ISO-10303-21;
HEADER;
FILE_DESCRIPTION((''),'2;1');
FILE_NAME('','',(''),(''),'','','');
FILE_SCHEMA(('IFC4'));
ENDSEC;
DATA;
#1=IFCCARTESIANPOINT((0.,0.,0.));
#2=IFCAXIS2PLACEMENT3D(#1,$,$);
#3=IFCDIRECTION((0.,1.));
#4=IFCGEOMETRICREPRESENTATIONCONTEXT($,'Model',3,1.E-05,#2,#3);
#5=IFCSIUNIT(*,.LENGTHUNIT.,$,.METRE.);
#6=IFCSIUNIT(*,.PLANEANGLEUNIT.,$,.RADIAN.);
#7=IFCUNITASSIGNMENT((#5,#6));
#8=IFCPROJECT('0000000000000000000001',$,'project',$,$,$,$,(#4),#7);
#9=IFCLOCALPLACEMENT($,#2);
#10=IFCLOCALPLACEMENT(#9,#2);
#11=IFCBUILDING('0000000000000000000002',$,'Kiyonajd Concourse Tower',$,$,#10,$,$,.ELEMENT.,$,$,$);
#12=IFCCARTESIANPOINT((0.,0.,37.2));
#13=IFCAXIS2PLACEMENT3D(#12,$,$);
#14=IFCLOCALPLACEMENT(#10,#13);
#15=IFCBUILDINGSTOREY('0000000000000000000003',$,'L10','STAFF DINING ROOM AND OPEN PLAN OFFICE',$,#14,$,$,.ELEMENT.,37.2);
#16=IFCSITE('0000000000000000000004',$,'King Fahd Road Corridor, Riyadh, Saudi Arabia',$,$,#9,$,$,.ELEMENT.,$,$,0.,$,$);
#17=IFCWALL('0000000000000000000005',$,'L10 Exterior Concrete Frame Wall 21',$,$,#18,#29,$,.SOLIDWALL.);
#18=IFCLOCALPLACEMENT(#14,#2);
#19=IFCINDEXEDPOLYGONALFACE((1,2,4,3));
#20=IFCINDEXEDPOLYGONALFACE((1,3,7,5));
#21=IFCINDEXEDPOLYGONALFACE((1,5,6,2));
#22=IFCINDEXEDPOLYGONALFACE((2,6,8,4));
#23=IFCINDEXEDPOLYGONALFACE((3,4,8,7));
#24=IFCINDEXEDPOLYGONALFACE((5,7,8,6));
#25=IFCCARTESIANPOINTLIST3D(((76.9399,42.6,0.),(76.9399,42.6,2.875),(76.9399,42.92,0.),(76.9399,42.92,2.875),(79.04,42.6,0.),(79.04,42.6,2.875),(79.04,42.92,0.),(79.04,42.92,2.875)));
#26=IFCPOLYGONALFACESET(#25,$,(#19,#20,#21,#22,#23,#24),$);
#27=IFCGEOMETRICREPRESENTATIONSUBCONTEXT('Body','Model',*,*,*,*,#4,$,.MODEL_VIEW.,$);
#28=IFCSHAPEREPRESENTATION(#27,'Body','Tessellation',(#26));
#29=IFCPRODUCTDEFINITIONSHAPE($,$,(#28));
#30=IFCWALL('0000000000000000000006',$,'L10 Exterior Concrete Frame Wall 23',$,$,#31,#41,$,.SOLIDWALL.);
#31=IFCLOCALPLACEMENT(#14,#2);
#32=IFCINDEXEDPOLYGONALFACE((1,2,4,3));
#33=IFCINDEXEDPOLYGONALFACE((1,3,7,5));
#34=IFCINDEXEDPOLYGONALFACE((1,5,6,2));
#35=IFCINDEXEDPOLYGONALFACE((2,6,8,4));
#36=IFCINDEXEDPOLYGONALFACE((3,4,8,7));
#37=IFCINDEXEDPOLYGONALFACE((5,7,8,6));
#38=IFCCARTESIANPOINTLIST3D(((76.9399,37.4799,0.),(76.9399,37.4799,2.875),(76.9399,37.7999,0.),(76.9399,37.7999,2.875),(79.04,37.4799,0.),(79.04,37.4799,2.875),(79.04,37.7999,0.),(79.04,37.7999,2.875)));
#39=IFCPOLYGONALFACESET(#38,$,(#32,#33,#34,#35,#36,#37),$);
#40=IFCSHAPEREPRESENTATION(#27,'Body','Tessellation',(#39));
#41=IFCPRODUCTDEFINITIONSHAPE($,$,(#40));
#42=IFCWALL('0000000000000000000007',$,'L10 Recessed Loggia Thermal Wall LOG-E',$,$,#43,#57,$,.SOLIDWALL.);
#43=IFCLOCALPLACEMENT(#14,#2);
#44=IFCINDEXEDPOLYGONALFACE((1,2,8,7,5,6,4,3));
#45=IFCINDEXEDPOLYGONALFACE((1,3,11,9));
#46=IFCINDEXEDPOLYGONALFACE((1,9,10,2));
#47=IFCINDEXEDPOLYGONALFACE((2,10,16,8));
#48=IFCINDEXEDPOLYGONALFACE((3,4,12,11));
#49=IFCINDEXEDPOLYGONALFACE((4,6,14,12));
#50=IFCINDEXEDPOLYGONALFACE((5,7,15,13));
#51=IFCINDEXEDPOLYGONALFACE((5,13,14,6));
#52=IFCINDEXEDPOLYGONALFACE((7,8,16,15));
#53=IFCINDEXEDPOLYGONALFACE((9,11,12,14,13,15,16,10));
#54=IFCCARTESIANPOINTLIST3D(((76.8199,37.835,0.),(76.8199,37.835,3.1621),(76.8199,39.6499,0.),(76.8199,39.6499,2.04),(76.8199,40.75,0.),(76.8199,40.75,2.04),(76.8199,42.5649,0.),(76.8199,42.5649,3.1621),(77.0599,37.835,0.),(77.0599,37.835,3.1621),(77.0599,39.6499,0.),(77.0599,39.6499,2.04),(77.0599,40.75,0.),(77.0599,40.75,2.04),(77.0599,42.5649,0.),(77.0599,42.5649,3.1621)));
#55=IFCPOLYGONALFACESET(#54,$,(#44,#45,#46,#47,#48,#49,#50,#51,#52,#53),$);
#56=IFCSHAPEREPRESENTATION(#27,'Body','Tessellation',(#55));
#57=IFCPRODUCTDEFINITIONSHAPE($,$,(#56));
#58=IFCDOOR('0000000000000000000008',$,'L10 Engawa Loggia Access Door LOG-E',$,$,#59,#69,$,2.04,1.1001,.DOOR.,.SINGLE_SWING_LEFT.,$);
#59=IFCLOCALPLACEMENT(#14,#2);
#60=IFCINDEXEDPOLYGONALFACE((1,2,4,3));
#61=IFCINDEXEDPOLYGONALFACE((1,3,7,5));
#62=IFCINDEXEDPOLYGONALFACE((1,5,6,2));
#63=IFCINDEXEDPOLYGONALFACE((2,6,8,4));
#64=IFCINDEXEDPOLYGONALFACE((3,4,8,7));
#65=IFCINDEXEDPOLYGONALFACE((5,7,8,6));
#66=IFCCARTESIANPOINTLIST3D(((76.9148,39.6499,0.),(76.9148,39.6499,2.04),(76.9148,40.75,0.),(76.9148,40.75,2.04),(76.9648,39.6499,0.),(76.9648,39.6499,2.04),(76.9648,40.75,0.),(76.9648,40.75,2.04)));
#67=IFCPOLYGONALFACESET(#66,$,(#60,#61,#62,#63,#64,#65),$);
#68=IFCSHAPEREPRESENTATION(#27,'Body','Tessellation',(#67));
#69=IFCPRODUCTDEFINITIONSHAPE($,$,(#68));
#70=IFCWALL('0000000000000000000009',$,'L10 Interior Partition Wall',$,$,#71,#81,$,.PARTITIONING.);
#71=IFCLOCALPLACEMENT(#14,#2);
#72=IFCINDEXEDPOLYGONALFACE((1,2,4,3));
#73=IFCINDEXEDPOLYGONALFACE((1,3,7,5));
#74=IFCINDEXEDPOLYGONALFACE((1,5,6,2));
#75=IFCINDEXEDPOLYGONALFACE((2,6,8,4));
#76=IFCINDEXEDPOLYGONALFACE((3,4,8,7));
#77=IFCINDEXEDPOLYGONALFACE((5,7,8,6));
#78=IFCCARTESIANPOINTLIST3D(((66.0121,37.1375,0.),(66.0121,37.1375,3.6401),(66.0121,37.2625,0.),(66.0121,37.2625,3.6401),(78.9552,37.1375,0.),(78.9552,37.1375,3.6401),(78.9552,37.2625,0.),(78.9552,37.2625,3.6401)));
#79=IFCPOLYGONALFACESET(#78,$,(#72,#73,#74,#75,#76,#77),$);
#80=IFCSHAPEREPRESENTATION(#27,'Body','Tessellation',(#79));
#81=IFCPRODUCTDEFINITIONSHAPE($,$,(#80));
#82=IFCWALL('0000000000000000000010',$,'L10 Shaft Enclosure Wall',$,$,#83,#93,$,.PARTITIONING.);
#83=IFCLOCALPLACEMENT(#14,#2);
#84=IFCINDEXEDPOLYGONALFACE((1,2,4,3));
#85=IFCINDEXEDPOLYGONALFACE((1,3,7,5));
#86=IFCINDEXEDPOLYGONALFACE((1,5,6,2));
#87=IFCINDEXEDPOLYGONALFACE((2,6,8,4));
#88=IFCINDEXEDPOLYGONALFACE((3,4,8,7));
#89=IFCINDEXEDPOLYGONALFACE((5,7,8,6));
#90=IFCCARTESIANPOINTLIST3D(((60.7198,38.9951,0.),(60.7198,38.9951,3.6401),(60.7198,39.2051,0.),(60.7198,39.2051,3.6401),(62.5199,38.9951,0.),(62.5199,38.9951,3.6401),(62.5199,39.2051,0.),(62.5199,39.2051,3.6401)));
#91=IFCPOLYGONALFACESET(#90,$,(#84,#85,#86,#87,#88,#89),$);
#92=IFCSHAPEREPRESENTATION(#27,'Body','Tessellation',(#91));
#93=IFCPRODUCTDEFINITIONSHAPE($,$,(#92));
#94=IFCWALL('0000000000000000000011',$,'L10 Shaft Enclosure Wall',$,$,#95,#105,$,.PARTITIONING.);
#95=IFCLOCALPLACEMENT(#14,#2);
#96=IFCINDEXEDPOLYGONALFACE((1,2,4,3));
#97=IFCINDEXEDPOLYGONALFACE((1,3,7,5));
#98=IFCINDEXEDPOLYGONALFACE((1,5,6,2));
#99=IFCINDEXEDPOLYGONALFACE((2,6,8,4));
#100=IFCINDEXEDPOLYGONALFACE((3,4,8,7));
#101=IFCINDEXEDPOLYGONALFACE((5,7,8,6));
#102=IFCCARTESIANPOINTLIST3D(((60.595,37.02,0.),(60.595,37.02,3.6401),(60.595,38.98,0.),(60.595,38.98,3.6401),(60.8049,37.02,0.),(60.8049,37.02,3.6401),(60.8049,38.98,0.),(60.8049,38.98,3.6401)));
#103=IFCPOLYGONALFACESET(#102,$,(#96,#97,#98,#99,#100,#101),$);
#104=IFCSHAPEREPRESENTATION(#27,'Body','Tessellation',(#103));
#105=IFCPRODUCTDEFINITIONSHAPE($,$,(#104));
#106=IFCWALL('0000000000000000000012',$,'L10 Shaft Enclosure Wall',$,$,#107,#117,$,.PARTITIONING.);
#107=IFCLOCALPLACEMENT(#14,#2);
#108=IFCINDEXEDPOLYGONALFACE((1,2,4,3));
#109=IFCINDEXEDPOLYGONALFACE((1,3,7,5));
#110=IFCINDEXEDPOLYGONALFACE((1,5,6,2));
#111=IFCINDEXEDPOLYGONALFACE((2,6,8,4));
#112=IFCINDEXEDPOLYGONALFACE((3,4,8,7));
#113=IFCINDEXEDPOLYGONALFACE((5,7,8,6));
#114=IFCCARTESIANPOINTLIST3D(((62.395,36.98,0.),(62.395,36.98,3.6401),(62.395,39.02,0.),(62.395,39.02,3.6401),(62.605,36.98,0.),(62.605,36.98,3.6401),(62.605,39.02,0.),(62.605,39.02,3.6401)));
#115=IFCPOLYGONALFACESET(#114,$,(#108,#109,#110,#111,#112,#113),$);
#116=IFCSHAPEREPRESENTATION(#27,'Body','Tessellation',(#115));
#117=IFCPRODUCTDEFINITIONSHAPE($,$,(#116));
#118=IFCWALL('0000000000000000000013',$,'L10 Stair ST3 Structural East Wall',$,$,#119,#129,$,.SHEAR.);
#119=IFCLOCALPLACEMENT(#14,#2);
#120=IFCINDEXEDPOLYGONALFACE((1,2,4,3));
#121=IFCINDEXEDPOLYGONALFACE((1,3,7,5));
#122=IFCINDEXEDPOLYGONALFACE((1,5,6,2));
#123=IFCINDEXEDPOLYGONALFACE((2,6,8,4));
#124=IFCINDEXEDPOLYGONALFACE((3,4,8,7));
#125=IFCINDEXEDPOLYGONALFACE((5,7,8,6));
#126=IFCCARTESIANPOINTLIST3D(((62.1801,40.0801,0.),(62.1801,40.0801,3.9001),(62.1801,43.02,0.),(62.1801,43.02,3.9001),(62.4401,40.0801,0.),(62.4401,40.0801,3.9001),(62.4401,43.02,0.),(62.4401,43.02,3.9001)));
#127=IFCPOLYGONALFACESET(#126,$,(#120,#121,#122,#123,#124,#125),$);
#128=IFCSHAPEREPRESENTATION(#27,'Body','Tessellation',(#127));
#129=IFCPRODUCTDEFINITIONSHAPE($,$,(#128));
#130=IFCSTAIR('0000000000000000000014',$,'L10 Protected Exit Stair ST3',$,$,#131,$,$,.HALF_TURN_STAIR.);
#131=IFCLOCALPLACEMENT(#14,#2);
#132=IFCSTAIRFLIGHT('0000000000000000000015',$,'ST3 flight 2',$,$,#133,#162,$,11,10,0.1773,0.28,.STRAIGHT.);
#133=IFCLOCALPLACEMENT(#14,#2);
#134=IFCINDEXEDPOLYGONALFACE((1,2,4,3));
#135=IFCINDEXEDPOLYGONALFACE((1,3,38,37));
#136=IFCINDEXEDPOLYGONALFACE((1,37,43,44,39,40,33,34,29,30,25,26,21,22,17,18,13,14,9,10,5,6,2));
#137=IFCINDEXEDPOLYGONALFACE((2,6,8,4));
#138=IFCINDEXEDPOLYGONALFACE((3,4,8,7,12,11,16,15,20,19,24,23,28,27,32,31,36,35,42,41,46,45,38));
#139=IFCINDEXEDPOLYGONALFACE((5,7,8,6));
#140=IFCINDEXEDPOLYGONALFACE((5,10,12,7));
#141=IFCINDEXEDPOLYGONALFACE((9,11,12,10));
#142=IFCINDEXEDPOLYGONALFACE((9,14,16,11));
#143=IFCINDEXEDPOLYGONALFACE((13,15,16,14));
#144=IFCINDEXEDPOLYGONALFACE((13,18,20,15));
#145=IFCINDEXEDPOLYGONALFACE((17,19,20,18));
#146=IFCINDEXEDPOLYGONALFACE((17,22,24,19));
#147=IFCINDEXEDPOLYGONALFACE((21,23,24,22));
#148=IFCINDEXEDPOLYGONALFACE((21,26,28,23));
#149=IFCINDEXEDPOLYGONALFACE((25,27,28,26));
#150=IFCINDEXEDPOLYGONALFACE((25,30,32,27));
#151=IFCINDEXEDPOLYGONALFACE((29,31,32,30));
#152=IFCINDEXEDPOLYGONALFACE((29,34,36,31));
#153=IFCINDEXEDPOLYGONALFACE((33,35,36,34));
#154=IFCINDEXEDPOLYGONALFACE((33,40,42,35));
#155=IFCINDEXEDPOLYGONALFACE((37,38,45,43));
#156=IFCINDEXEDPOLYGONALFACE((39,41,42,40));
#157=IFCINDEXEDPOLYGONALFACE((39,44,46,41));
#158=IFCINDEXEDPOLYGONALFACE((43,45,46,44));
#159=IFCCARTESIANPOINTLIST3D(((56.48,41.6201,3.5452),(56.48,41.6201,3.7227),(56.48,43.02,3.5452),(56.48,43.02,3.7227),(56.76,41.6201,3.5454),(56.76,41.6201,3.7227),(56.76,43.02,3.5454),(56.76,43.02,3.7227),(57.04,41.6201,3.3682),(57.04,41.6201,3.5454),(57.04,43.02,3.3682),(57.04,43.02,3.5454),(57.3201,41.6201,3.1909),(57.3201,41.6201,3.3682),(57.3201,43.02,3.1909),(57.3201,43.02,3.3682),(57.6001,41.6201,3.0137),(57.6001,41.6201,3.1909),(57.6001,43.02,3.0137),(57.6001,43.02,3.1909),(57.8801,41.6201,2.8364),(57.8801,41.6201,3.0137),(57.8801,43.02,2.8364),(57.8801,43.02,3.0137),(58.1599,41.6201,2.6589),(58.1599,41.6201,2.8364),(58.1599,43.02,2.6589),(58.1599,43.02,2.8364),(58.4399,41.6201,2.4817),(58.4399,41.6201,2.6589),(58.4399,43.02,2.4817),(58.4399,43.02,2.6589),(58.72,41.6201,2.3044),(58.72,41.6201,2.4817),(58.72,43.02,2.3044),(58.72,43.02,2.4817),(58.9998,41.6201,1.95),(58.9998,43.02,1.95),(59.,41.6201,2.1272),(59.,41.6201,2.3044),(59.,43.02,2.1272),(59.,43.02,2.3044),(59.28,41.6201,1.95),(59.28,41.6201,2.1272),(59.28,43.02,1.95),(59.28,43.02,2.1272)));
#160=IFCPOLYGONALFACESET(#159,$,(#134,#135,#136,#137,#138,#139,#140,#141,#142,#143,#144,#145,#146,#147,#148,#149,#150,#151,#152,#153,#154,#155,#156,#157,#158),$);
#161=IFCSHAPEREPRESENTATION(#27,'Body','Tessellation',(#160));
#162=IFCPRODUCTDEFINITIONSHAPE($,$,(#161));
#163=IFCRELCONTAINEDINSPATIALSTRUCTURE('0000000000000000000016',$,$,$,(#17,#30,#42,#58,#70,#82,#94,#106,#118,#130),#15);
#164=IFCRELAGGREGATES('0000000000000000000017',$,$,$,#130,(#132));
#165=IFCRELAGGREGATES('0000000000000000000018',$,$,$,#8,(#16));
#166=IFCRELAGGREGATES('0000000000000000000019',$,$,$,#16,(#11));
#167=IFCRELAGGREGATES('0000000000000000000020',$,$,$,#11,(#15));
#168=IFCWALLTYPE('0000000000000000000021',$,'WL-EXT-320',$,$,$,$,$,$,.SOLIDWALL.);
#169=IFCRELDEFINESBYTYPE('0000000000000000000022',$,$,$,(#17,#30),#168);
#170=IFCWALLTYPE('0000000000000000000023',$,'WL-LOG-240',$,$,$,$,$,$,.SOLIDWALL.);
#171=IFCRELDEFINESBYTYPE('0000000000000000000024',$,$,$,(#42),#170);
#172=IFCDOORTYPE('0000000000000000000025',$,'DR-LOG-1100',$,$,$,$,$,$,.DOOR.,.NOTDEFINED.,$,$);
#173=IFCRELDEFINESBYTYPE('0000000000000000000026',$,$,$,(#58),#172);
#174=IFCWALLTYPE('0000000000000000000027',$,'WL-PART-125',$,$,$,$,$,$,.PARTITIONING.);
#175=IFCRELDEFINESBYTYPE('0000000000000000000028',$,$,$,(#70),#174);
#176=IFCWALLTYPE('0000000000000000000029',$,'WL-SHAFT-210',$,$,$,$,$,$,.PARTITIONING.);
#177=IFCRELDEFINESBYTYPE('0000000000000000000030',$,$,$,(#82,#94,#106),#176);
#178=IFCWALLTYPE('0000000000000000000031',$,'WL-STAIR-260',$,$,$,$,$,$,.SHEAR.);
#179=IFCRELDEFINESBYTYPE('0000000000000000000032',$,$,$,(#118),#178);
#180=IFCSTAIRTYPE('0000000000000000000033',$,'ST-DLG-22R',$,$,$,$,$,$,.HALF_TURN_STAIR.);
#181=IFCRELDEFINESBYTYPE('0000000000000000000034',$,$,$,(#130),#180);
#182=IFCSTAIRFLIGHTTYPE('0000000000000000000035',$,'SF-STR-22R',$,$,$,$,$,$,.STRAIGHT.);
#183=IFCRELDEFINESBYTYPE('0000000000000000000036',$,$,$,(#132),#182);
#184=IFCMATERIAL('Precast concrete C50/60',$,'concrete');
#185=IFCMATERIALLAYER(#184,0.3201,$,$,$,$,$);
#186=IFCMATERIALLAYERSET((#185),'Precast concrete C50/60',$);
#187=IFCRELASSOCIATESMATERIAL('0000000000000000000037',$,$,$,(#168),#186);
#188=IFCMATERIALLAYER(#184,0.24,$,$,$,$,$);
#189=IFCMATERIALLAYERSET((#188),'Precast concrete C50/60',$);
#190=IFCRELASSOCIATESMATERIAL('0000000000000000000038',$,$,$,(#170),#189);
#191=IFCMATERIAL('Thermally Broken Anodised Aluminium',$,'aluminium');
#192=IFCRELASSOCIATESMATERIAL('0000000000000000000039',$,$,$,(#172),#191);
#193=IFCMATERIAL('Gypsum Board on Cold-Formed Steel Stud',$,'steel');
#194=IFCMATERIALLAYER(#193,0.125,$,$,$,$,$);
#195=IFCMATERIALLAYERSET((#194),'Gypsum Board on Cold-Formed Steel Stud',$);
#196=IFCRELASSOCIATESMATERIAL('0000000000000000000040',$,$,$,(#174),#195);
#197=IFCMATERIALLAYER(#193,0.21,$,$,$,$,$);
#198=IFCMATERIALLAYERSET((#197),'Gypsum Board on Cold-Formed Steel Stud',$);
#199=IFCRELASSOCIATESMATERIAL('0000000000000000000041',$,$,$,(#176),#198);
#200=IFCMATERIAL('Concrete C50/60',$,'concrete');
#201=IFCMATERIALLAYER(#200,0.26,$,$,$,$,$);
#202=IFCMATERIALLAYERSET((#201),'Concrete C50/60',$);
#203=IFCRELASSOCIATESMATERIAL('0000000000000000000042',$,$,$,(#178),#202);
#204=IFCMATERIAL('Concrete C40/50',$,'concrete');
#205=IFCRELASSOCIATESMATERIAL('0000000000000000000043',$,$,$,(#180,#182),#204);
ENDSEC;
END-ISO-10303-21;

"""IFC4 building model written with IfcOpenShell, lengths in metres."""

from ifc_helpers import new_model, si_unit, direction, frame, frame_2d, origin, place, context, subcontext, project, spatial, polyline, rectangle, outline, extrude, material, layer, layer_set, type_object, element, fill, aggregate, save


model = new_model("IFC4")

# Units and contexts
model_context = context("Model", 3, precision=1e-05, world=origin(), true_north=direction((0.0, 1.0)))
body_context = subcontext(model_context, "Body", "Model", "MODEL_VIEW")
ifc_project = project(units=[si_unit("LENGTHUNIT", "METRE"), si_unit("PLANEANGLEUNIT", "RADIAN")], contexts=[model_context])

# Site, building, storey
site_placement = place(None, origin())
site = spatial("IfcSite", under=ifc_project, at=site_placement, Name="King Fahd Road Corridor, Riyadh, Saudi Arabia", CompositionType="ELEMENT", RefElevation=0.0)
building_placement = place(site_placement, origin())
building = spatial("IfcBuilding", under=site, at=building_placement, Name="Kiyonajd Concourse Tower", CompositionType="ELEMENT")
storey_placement = place(building_placement, frame((0.0, 0.0, 37.2)))
storey = spatial("IfcBuildingStorey", under=building, at=storey_placement, Name="L10", Description="STAFF DINING ROOM AND OPEN PLAN OFFICE", CompositionType="ELEMENT", Elevation=37.2)

# Shared definitions
ifc_material_1 = material(Name="Precast concrete C50/60", Category="concrete")

# Shared definitions
ifc_material_2 = material(Name="Thermally Broken Anodised Aluminium", Category="aluminium")

# Walls
ifc_layer_1 = layer(ifc_material_1, 0.3201)
ifc_layer_set_1 = layer_set([ifc_layer_1], Name="Precast concrete C50/60")
wall_type_1 = type_object("IfcWallType", Name="WL-EXT-320", PredefinedType="SOLIDWALL", material=ifc_layer_set_1)
for number, where, z_axis, x_axis, name in (
    (1, (79.04, 42.76, 0.0), (0.0, 0.0, 1.0), (-1.0, 0.0, 0.0), "L10 Exterior Concrete Frame Wall 21"),
    (2, (76.9399, 37.6399, 0.0), (0.0, 0.0, 1.0), (1.0, 0.0, 0.0), "L10 Exterior Concrete Frame Wall 23"),
):
    element("IfcWall", number, at=place(storey_placement, frame(where, z_axis=z_axis, x_axis=x_axis)), inside=storey, type_object=wall_type_1, Name=name, PredefinedType="SOLIDWALL", context=body_context, shape_type="SweptSolid", body=[
        extrude(rectangle(XDim=2.1001, YDim=0.3201, at=frame_2d((1.05, 0.0))), origin(), (0.0, 0.0, 1.0), 2.875),
    ])

# Wall, opening, door
ifc_layer_2 = layer(ifc_material_1, 0.24)
ifc_layer_set_2 = layer_set([ifc_layer_2], Name="Precast concrete C50/60")
wall_type_2 = type_object("IfcWallType", Name="WL-LOG-240", PredefinedType="SOLIDWALL", material=ifc_layer_set_2)
wall_1_placement = place(storey_placement, frame((76.9399, 42.5649, 0.0), z_axis=(0.0, 0.0, 1.0), x_axis=(0.0, -1.0, 0.0)))
wall_1 = element("IfcWall", 3, at=wall_1_placement, inside=storey, type_object=wall_type_2, Name="L10 Recessed Loggia Thermal Wall LOG-E", PredefinedType="SOLIDWALL", context=body_context, shape_type="SweptSolid", body=[
    extrude(rectangle(XDim=4.73, YDim=0.24, at=frame_2d((2.365, 0.0))), origin(), (0.0, 0.0, 1.0), 3.1621),
])
opening_placement = place(wall_1_placement, frame((1.8149, 0.0, 0.0)))
opening = element("IfcOpeningElement", 4, at=opening_placement, cuts=wall_1, PredefinedType="OPENING", context=body_context, shape_type="SweptSolid", body=[
    extrude(rectangle(XDim=1.1001, YDim=2.04, at=frame_2d((0.55, 1.02))), frame((0.0, 0.1299, 0.0), z_axis=(0.0, -1.0, 0.0), x_axis=(1.0, 0.0, 0.0)), (0.0, 0.0, 1.0), 0.26),
])
door_type = type_object("IfcDoorType", Name="DR-LOG-1100", OperationType="NOTDEFINED", PredefinedType="DOOR", material=ifc_material_2)
door_placement = place(opening_placement, origin())
door = element("IfcDoor", 5, at=door_placement, inside=storey, type_object=door_type, Name="L10 Engawa Loggia Access Door LOG-E", OperationType="SINGLE_SWING_LEFT", OverallHeight=2.04, OverallWidth=1.1001, PredefinedType="DOOR", context=body_context, shape_type="SweptSolid", body=[
    extrude(rectangle(XDim=1.1001, YDim=2.04, at=frame_2d((0.55, 1.02))), frame((0.0, 0.0249, 0.0), z_axis=(0.0, -1.0, 0.0), x_axis=(1.0, 0.0, 0.0)), (0.0, 0.0, 1.0), 0.05),
])
fill(opening, door)

# Walls
ifc_material_3 = material(Name="Gypsum Board on Cold-Formed Steel Stud", Category="steel")
ifc_layer_3 = layer(ifc_material_3, 0.125)
ifc_layer_set_3 = layer_set([ifc_layer_3], Name="Gypsum Board on Cold-Formed Steel Stud")
wall_type_3 = type_object("IfcWallType", Name="WL-PART-125", PredefinedType="PARTITIONING", material=ifc_layer_set_3)
wall_2_placement = place(storey_placement, frame((66.012, 37.2, 0.0), z_axis=(0.0, 0.0, 1.0), x_axis=(1.0, 0.0, 0.0)))
element("IfcWall", 6, at=wall_2_placement, inside=storey, type_object=wall_type_3, Name="L10 Interior Partition Wall", PredefinedType="PARTITIONING", context=body_context, shape_type="SweptSolid", body=[
    extrude(rectangle(XDim=12.9431, YDim=0.125, at=frame_2d((6.4717, 0.0))), origin(), (0.0, 0.0, 1.0), 3.6401),
])
ifc_layer_4 = layer(ifc_material_3, 0.21)
ifc_layer_set_4 = layer_set([ifc_layer_4], Name="Gypsum Board on Cold-Formed Steel Stud")
wall_type_4 = type_object("IfcWallType", Name="WL-SHAFT-210", PredefinedType="PARTITIONING", material=ifc_layer_set_4)
wall_3_placement = place(storey_placement, frame((60.72, 39.1001, 0.0), z_axis=(0.0, 0.0, 1.0), x_axis=(1.0, 0.0, 0.0)))
element("IfcWall", 7, at=wall_3_placement, inside=storey, type_object=wall_type_4, Name="L10 Shaft Enclosure Wall", PredefinedType="PARTITIONING", context=body_context, shape_type="SweptSolid", body=[
    extrude(rectangle(XDim=1.8, YDim=0.21, at=frame_2d((0.8999, 0.0))), origin(), (0.0, 0.0, 1.0), 3.6401),
])
wall_4_placement = place(storey_placement, frame((60.7, 37.02, 0.0), z_axis=(0.0, 0.0, 1.0), x_axis=(0.0, 1.0, 0.0)))
element("IfcWall", 8, at=wall_4_placement, inside=storey, type_object=wall_type_4, Name="L10 Shaft Enclosure Wall", PredefinedType="PARTITIONING", context=body_context, shape_type="SweptSolid", body=[
    extrude(rectangle(XDim=1.96, YDim=0.21, at=frame_2d((0.98, 0.0))), origin(), (0.0, 0.0, 1.0), 3.6401),
])
wall_5_placement = place(storey_placement, frame((62.5, 36.98, 0.0), z_axis=(0.0, 0.0, 1.0), x_axis=(0.0, 1.0, 0.0)))
element("IfcWall", 9, at=wall_5_placement, inside=storey, type_object=wall_type_4, Name="L10 Shaft Enclosure Wall", PredefinedType="PARTITIONING", context=body_context, shape_type="SweptSolid", body=[
    extrude(rectangle(XDim=2.04, YDim=0.21, at=frame_2d((1.02, 0.0))), origin(), (0.0, 0.0, 1.0), 3.6401),
])
ifc_material_4 = material(Name="Concrete C50/60", Category="concrete")
ifc_layer_5 = layer(ifc_material_4, 0.26)
ifc_layer_set_5 = layer_set([ifc_layer_5], Name="Concrete C50/60")
wall_type_5 = type_object("IfcWallType", Name="WL-STAIR-260", PredefinedType="SHEAR", material=ifc_layer_set_5)
wall_6_placement = place(storey_placement, frame((62.3101, 40.0801, 0.0), z_axis=(0.0, 0.0, 1.0), x_axis=(0.0, 1.0, 0.0)))
element("IfcWall", 10, at=wall_6_placement, inside=storey, type_object=wall_type_5, Name="L10 Stair ST3 Structural East Wall", PredefinedType="SHEAR", context=body_context, shape_type="SweptSolid", body=[
    extrude(rectangle(XDim=2.9399, YDim=0.26, at=frame_2d((1.47, 0.0))), origin(), (0.0, 0.0, 1.0), 3.9001),
])

# Stair, stair flight
ifc_material_5 = material(Name="Concrete C40/50", Category="concrete")
stair_type = type_object("IfcStairType", Name="ST-DLG-22R", PredefinedType="HALF_TURN_STAIR", material=ifc_material_5)
stair_placement = place(storey_placement, origin())
stair = element("IfcStair", 11, at=stair_placement, inside=storey, type_object=stair_type, Name="L10 Protected Exit Stair ST3", PredefinedType="HALF_TURN_STAIR")
stair_flight_type = type_object("IfcStairFlightType", Name="SF-STR-22R", PredefinedType="STRAIGHT", material=ifc_material_5)
stair_flight_placement = place(storey_placement, frame((59.28, 42.3201, 1.95), z_axis=(0.0, 0.0, 1.0), x_axis=(-1.0, 0.0, 0.0)))
stair_flight = element("IfcStairFlight", 12, at=stair_flight_placement, type_object=stair_flight_type, Name="ST3 flight 2", NumberOfRisers=11, NumberOfTreads=10, PredefinedType="STRAIGHT", RiserHeight=0.1773, TreadLength=0.28, context=body_context, shape_type="SweptSolid", body=[
    extrude(outline(polyline([(0.0, 0.0), (0.0, 0.1772), (0.28, 0.1772), (0.28, 0.3545), (0.5601, 0.3545), (0.5601, 0.5317), (0.8401, 0.5317), (0.8401, 0.709), (1.1201, 0.709), (1.1201, 0.8865), (1.3999, 0.8865), (1.3999, 1.0637), (1.6799, 1.0637), (1.6799, 1.241), (1.96, 1.241), (1.96, 1.4182), (2.24, 1.4182), (2.24, 1.5955), (2.52, 1.5955), (2.52, 1.7727), (2.8, 1.7727), (2.8, 1.95), (2.8, 1.5952), (0.2803, 0.0), (0.0, 0.0)])), frame((0.0, 0.7, 0.0), z_axis=(0.0, -1.0, 0.0), x_axis=(1.0, 0.0, 0.0)), (0.0, 0.0, 1.0), 1.3999),
])
aggregate(stair, [stair_flight])

save(model, "model.ifc")
